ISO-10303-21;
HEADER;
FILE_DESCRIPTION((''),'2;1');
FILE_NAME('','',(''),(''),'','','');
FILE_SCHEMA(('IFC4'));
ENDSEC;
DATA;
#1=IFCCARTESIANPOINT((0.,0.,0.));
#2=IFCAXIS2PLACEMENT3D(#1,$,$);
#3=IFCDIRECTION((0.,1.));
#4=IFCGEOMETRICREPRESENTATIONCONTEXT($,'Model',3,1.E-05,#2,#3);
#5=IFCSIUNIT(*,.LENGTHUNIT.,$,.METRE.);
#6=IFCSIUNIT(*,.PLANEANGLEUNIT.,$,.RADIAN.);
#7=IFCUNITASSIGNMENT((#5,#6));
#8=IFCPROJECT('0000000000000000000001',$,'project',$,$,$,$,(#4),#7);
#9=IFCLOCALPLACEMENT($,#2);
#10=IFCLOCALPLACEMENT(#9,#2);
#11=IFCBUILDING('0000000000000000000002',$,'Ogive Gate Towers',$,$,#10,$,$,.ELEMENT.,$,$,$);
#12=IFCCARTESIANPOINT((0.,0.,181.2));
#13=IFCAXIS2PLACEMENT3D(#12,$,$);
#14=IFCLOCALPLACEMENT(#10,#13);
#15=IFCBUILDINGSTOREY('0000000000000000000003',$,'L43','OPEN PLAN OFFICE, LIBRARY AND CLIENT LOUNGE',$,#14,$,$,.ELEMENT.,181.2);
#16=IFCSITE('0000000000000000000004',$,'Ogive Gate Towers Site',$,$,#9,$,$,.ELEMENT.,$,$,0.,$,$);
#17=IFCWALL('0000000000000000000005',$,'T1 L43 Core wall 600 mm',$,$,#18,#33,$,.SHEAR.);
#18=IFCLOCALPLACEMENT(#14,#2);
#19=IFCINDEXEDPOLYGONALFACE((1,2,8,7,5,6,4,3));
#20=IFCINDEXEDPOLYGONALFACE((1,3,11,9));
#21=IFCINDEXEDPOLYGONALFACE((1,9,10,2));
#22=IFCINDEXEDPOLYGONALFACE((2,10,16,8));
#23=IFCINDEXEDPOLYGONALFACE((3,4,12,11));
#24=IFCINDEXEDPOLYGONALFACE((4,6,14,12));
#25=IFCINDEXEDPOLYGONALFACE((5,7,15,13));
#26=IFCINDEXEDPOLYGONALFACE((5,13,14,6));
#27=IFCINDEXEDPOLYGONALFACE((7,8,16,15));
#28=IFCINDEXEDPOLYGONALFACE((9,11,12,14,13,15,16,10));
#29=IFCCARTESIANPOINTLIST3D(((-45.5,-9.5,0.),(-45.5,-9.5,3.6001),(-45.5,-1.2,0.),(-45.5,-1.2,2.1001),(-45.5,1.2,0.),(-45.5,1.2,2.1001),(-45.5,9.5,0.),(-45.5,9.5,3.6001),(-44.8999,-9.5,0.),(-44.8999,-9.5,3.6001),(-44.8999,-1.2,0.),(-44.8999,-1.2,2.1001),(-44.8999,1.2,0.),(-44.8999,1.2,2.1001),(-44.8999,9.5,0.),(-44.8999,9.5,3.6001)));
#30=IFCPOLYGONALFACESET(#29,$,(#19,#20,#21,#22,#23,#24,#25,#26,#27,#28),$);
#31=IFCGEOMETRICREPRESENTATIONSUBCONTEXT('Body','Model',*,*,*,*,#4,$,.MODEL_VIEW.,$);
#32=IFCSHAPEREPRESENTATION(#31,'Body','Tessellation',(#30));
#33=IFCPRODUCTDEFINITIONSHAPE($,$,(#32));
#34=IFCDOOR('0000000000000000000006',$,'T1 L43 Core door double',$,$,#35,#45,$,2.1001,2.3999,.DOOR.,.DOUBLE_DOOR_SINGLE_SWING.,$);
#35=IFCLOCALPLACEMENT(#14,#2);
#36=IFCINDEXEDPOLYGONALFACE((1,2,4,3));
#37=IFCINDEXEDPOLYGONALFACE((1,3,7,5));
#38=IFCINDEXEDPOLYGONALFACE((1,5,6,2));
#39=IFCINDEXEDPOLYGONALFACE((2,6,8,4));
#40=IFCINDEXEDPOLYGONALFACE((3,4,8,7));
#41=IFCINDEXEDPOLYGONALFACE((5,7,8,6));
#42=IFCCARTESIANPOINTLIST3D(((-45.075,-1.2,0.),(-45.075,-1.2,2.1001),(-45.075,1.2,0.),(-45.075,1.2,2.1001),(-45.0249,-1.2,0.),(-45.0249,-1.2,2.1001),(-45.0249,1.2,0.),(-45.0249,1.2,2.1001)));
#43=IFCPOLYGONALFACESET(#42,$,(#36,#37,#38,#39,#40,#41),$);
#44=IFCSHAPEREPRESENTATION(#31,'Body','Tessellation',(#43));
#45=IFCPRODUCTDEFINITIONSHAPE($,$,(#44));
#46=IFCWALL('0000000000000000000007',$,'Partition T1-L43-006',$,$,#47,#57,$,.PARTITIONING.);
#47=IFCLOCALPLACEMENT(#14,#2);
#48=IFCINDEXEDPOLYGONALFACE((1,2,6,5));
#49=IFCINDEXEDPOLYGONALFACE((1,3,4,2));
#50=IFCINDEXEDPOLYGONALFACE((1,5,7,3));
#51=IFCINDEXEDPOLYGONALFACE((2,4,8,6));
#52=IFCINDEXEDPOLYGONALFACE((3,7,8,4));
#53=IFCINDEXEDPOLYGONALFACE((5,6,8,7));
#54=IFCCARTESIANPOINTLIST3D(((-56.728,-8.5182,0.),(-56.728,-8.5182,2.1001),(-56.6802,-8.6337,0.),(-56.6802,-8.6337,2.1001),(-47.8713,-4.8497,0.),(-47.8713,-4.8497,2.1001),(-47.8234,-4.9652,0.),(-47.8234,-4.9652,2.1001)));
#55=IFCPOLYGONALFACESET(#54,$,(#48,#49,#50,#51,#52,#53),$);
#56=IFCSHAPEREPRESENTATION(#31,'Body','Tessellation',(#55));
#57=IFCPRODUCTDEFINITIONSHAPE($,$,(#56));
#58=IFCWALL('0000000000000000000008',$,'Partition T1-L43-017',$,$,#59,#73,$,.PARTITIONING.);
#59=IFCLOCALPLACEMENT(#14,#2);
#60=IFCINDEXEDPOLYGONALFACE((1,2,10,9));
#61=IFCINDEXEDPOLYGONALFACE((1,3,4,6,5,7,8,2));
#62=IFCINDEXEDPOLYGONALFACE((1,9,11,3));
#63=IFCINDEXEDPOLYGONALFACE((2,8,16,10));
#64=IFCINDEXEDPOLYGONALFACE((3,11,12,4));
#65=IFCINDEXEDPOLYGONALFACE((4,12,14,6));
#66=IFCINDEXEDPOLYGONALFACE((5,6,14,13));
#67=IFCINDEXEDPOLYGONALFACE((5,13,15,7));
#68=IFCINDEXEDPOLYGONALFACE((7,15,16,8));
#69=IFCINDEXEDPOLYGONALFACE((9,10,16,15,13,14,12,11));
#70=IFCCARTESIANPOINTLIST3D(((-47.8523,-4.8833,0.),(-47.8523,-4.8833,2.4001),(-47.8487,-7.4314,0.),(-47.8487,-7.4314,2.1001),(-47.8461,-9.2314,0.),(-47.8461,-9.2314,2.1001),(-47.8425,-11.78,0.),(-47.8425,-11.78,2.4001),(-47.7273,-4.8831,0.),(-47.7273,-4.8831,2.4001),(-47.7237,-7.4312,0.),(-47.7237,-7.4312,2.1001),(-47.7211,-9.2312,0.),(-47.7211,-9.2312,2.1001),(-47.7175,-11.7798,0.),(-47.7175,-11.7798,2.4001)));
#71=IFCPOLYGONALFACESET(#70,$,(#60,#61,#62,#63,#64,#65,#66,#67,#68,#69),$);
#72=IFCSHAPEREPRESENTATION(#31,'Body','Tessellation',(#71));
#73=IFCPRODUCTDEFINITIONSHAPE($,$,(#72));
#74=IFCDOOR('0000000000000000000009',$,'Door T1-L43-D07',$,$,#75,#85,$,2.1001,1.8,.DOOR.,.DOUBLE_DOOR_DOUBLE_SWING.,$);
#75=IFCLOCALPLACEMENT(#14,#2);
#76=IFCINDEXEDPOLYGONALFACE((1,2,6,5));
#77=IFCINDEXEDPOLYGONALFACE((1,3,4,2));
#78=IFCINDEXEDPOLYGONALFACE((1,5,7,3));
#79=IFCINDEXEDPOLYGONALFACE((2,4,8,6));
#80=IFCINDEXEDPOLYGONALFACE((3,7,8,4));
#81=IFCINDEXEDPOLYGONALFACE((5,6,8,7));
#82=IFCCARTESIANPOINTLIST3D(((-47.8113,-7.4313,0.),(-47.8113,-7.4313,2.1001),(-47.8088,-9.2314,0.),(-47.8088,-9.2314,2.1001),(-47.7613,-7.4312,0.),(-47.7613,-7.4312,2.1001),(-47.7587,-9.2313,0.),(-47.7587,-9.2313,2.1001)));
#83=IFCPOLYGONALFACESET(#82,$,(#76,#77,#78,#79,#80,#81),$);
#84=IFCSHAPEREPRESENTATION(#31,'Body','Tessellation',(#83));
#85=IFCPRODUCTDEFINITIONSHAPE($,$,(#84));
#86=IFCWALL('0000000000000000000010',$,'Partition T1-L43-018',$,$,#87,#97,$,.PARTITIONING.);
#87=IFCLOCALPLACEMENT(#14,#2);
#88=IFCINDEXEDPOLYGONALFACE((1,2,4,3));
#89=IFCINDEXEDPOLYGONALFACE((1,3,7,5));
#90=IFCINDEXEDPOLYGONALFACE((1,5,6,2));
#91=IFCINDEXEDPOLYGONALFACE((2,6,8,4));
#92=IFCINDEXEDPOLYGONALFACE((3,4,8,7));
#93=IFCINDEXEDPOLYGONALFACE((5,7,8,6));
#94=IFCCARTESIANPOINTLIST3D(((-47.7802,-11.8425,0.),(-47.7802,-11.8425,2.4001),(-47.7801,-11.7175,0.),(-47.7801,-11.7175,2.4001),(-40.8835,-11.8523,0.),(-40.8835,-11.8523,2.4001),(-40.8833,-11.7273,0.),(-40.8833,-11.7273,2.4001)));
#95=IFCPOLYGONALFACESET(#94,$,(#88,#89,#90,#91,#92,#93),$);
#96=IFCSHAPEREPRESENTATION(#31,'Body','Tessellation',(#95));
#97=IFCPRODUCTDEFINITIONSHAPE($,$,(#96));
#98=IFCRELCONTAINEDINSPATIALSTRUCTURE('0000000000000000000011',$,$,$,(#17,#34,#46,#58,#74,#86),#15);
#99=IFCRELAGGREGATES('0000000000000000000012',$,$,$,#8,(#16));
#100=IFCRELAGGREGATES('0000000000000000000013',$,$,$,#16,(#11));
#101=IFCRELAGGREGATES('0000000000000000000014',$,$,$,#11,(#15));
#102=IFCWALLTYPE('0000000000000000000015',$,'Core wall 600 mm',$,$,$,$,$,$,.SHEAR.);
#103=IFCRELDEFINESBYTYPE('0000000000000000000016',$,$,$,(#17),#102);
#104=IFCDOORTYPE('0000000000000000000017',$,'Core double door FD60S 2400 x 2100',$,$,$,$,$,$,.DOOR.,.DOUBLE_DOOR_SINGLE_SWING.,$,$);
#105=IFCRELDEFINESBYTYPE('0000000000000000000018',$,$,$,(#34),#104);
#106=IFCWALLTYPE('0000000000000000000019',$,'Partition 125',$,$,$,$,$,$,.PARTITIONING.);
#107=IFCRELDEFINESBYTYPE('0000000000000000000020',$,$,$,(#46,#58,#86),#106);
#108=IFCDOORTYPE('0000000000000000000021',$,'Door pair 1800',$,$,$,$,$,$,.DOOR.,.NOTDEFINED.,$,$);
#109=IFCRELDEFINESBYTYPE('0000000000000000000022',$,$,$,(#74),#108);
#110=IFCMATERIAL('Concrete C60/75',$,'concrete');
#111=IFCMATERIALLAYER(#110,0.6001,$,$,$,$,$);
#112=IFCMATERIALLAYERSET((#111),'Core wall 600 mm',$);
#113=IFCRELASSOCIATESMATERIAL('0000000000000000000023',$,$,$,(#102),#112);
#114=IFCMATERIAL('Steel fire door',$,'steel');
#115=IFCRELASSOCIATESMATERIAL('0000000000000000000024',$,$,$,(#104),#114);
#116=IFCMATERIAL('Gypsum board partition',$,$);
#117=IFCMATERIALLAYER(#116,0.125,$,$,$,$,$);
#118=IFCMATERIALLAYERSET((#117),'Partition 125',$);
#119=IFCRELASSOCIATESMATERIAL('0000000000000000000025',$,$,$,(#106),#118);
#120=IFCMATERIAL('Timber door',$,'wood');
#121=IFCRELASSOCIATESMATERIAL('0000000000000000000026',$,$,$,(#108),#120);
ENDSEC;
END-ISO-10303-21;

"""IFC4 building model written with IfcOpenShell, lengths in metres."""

from ifc_helpers import new_model, si_unit, direction, frame, frame_2d, origin, place, context, subcontext, project, spatial, rectangle, extrude, material, layer, layer_set, type_object, element, fill, save


model = new_model("IFC4")

# Units and contexts
model_context = context("Model", 3, precision=1e-05, world=origin(), true_north=direction((0.0, 1.0)))
body_context = subcontext(model_context, "Body", "Model", "MODEL_VIEW")
ifc_project = project(units=[si_unit("LENGTHUNIT", "METRE"), si_unit("PLANEANGLEUNIT", "RADIAN")], contexts=[model_context])

# Site, building, storey
site_placement = place(None, origin())
site = spatial("IfcSite", under=ifc_project, at=site_placement, Name="Ogive Gate Towers Site", CompositionType="ELEMENT", RefElevation=0.0)
building_placement = place(site_placement, origin())
building = spatial("IfcBuilding", under=site, at=building_placement, Name="Ogive Gate Towers", CompositionType="ELEMENT")
storey_placement = place(building_placement, frame((0.0, 0.0, 181.2)))
storey = spatial("IfcBuildingStorey", under=building, at=storey_placement, Name="L43", Description="OPEN PLAN OFFICE, LIBRARY AND CLIENT LOUNGE", CompositionType="ELEMENT", Elevation=181.2)

# Wall, opening, door
ifc_material_1 = material(Name="Concrete C60/75", Category="concrete")
ifc_layer_1 = layer(ifc_material_1, 0.6001)
ifc_layer_set_1 = layer_set([ifc_layer_1], Name="Core wall 600 mm")
wall_type_1 = type_object("IfcWallType", Name="Core wall 600 mm", PredefinedType="SHEAR", material=ifc_layer_set_1)
wall_1_placement = place(storey_placement, frame((-45.2, -9.5, 0.0), z_axis=(0.0, 0.0, 1.0), x_axis=(0.0, 1.0, 0.0)))
wall_1 = element("IfcWall", 1, at=wall_1_placement, inside=storey, type_object=wall_type_1, Name="T1 L43 Core wall 600 mm", PredefinedType="SHEAR", context=body_context, shape_type="SweptSolid", body=[
    extrude(rectangle(XDim=19.0, YDim=0.6001, at=frame_2d((9.5, 0.0))), origin(), (0.0, 0.0, 1.0), 3.6001),
])
opening_1_placement = place(wall_1_placement, frame((8.3, 0.0, 0.0)))
opening_1 = element("IfcOpeningElement", 2, at=opening_1_placement, cuts=wall_1, PredefinedType="OPENING", context=body_context, shape_type="SweptSolid", body=[
    extrude(rectangle(XDim=2.3999, YDim=2.1001, at=frame_2d((1.2, 1.05))), frame((0.0, 0.3101, 0.0), z_axis=(0.0, -1.0, 0.0), x_axis=(1.0, 0.0, 0.0)), (0.0, 0.0, 1.0), 0.6201),
])
ifc_material_2 = material(Name="Steel fire door", Category="steel")
door_type_1 = type_object("IfcDoorType", Name="Core double door FD60S 2400 x 2100", OperationType="DOUBLE_DOOR_SINGLE_SWING", PredefinedType="DOOR", material=ifc_material_2)
door_1_placement = place(opening_1_placement, origin())
door_1 = element("IfcDoor", 3, at=door_1_placement, inside=storey, type_object=door_type_1, Name="T1 L43 Core door double", OperationType="DOUBLE_DOOR_SINGLE_SWING", OverallHeight=2.1001, OverallWidth=2.3999, PredefinedType="DOOR", context=body_context, shape_type="SweptSolid", body=[
    extrude(rectangle(XDim=2.3999, YDim=2.1001, at=frame_2d((1.2, 1.05))), frame((0.0, -0.125, 0.0), z_axis=(0.0, -1.0, 0.0), x_axis=(1.0, 0.0, 0.0)), (0.0, 0.0, 1.0), 0.05),
])
fill(opening_1, door_1)

# Wall
ifc_material_3 = material(Name="Gypsum board partition")
ifc_layer_2 = layer(ifc_material_3, 0.125)
ifc_layer_set_2 = layer_set([ifc_layer_2], Name="Partition 125")
wall_type_2 = type_object("IfcWallType", Name="Partition 125", PredefinedType="PARTITIONING", material=ifc_layer_set_2)
wall_2_placement = place(storey_placement, frame((-56.7041, -8.5759, 0.0), z_axis=(0.0, 0.0, 1.0), x_axis=(0.923883, 0.382674, 0.0)))
element("IfcWall", 4, at=wall_2_placement, inside=storey, type_object=wall_type_2, Name="Partition T1-L43-006", PredefinedType="PARTITIONING", context=body_context, shape_type="SweptSolid", body=[
    extrude(rectangle(XDim=9.5864, YDim=0.125, at=frame_2d((4.7932, 0.0))), origin(), (0.0, 0.0, 1.0), 2.1001),
])

# Wall, opening, door
wall_3_placement = place(storey_placement, frame((-47.7898, -4.8833, 0.0), z_axis=(0.0, 0.0, 1.0), x_axis=(0.001416, -0.999999, 0.0)))
wall_3 = element("IfcWall", 5, at=wall_3_placement, inside=storey, type_object=wall_type_2, Name="Partition T1-L43-017", PredefinedType="PARTITIONING", context=body_context, shape_type="SweptSolid", body=[
    extrude(rectangle(XDim=6.8967, YDim=0.125, at=frame_2d((3.4482, 0.0))), origin(), (0.0, 0.0, 1.0), 2.4001),
])
opening_2_placement = place(wall_3_placement, frame((2.5481, 0.0, 0.0)))
opening_2 = element("IfcOpeningElement", 6, at=opening_2_placement, cuts=wall_3, PredefinedType="OPENING", context=body_context, shape_type="SweptSolid", body=[
    extrude(rectangle(XDim=1.8, YDim=2.1001, at=frame_2d((0.8999, 1.05))), frame((0.0, 0.0725, 0.0), z_axis=(0.0, -1.0, 0.0), x_axis=(1.0, 0.0, 0.0)), (0.0, 0.0, 1.0), 0.145),
])
ifc_material_4 = material(Name="Timber door", Category="wood")
door_type_2 = type_object("IfcDoorType", Name="Door pair 1800", OperationType="NOTDEFINED", PredefinedType="DOOR", material=ifc_material_4)
door_2_placement = place(opening_2_placement, origin())
door_2 = element("IfcDoor", 7, at=door_2_placement, inside=storey, type_object=door_type_2, Name="Door T1-L43-D07", OperationType="DOUBLE_DOOR_DOUBLE_SWING", OverallHeight=2.1001, OverallWidth=1.8, PredefinedType="DOOR", context=body_context, shape_type="SweptSolid", body=[
    extrude(rectangle(XDim=1.8, YDim=2.1001, at=frame_2d((0.8999, 1.05))), frame((0.0, 0.0249, 0.0), z_axis=(0.0, -1.0, 0.0), x_axis=(1.0, 0.0, 0.0)), (0.0, 0.0, 1.0), 0.05),
])
fill(opening_2, door_2)

# Wall
wall_4_placement = place(storey_placement, frame((-47.78, -11.78, 0.0), z_axis=(0.0, 0.0, 1.0), x_axis=(0.999999, -0.001416, 0.0)))
element("IfcWall", 8, at=wall_4_placement, inside=storey, type_object=wall_type_2, Name="Partition T1-L43-018", PredefinedType="PARTITIONING", context=body_context, shape_type="SweptSolid", body=[
    extrude(rectangle(XDim=6.8967, YDim=0.125, at=frame_2d((3.4482, 0.0))), origin(), (0.0, 0.0, 1.0), 2.4001),
])

save(model, "model.ifc")
